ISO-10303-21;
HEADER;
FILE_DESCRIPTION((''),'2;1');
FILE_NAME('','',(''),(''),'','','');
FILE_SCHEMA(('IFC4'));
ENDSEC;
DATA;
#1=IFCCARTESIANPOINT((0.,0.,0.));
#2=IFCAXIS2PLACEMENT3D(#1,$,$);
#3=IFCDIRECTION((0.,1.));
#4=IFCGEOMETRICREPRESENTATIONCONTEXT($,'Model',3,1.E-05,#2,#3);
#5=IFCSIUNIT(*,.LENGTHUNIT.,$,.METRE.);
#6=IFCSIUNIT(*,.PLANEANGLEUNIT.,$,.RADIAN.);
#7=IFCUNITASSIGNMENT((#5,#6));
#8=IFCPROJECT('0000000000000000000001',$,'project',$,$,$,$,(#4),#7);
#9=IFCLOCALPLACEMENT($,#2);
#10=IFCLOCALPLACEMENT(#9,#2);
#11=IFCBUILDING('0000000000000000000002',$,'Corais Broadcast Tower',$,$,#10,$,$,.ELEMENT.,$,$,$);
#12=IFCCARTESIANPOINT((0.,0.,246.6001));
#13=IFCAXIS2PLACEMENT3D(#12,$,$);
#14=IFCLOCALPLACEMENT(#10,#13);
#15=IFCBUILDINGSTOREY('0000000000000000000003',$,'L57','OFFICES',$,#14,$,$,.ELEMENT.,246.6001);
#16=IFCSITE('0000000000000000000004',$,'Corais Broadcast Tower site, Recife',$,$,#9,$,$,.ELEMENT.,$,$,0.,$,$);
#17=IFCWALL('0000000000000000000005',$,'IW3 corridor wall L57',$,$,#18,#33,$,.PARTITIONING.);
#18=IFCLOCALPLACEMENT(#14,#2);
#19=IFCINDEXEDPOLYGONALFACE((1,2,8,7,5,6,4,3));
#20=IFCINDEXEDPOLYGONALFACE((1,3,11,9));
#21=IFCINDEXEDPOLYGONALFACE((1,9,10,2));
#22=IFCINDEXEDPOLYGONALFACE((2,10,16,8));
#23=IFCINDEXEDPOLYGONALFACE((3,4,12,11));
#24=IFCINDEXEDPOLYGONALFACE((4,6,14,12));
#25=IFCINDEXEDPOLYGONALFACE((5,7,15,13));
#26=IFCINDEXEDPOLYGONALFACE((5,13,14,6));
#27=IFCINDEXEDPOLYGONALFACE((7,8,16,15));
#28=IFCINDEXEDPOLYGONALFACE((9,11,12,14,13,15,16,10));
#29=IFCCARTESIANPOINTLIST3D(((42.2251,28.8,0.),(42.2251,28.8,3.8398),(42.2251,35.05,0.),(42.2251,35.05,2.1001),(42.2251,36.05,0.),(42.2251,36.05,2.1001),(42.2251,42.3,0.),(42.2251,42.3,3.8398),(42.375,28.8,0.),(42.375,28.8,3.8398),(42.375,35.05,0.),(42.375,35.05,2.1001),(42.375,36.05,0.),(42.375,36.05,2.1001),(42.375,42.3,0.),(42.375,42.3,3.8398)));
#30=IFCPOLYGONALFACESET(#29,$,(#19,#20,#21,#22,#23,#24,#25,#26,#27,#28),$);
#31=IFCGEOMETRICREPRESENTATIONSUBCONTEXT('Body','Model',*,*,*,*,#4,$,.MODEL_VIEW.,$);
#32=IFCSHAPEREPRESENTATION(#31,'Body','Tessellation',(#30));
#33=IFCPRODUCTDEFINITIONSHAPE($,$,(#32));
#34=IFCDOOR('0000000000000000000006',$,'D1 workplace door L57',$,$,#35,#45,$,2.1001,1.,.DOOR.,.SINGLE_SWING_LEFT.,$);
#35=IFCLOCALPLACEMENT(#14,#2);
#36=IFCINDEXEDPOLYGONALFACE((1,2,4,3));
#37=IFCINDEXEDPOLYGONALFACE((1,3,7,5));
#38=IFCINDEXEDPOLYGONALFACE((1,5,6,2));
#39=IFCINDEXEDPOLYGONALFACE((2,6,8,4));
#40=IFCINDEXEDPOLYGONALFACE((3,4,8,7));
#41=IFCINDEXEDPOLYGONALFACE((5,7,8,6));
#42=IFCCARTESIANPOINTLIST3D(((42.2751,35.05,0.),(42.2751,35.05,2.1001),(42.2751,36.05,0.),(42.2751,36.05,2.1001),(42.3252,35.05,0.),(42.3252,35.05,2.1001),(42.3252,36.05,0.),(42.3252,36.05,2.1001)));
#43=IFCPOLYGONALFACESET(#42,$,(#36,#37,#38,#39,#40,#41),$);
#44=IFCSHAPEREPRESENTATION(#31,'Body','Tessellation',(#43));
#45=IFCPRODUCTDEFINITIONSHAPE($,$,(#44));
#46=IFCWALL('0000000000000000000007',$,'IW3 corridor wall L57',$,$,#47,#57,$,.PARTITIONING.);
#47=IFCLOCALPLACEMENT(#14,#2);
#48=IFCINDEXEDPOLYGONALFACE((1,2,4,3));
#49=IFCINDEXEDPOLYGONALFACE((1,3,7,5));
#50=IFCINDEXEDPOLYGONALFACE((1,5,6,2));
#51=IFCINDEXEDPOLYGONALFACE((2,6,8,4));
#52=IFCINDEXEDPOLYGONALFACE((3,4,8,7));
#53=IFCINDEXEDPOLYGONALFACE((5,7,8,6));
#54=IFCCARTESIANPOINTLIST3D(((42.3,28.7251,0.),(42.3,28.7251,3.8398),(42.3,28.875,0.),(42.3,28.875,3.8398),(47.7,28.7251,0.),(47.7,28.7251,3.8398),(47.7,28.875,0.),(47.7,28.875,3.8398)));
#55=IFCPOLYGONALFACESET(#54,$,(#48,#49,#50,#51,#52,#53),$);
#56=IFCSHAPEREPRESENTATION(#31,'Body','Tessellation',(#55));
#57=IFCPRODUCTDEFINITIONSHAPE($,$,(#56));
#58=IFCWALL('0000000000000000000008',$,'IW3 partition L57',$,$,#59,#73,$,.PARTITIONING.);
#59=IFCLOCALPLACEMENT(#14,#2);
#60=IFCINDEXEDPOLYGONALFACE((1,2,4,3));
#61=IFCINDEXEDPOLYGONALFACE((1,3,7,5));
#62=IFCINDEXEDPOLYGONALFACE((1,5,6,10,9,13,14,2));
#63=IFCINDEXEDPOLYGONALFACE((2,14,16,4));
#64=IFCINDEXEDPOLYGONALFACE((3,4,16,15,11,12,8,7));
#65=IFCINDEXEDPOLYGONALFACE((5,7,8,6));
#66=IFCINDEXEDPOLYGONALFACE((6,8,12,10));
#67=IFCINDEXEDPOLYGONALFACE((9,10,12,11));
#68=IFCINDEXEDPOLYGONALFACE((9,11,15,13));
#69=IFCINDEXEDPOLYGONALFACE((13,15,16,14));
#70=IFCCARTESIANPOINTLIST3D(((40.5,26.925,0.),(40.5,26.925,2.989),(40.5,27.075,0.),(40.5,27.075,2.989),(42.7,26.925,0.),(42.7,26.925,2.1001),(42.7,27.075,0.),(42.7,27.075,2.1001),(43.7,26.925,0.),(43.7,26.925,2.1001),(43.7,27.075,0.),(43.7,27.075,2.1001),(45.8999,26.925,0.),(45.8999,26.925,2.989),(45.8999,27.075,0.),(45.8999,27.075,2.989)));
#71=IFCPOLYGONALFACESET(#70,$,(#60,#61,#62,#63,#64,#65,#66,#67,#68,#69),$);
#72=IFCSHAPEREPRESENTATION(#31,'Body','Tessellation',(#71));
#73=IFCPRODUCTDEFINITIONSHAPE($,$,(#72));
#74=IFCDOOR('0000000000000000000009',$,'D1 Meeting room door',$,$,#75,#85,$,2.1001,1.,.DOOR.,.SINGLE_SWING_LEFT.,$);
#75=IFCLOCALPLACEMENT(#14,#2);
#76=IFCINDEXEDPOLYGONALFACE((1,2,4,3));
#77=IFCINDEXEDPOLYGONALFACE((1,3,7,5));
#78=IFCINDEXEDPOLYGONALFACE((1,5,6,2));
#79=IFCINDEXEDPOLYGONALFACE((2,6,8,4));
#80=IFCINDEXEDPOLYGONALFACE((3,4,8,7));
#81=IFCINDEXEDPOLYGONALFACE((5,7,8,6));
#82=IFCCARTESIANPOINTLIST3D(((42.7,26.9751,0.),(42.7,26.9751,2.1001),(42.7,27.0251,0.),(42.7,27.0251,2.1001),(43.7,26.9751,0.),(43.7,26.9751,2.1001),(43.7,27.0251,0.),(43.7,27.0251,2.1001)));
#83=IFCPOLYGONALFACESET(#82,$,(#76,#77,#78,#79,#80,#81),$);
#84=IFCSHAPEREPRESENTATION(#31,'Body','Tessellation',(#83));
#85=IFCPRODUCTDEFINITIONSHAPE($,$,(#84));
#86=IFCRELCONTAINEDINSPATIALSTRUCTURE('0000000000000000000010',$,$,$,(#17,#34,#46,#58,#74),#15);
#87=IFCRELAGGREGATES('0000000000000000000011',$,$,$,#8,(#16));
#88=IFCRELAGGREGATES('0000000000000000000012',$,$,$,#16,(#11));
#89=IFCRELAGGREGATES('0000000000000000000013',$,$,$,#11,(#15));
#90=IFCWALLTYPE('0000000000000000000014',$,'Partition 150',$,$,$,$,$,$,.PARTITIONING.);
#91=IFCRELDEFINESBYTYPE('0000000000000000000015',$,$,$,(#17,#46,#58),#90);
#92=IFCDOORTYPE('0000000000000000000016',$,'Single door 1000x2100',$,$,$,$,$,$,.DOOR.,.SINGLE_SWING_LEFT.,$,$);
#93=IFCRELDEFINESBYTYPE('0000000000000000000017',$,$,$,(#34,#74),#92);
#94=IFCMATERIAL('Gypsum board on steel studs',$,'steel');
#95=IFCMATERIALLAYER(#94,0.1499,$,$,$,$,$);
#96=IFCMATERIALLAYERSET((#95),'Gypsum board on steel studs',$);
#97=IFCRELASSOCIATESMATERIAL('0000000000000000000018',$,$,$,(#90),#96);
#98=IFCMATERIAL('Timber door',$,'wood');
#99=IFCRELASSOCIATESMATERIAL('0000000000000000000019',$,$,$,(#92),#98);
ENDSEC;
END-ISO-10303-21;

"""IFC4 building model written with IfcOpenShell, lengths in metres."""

from ifc_helpers import new_model, si_unit, direction, frame, frame_2d, origin, place, context, subcontext, project, spatial, rectangle, extrude, material, layer, layer_set, type_object, element, fill, save


model = new_model("IFC4")

# Units and contexts
model_context = context("Model", 3, precision=1e-05, world=origin(), true_north=direction((0.0, 1.0)))
body_context = subcontext(model_context, "Body", "Model", "MODEL_VIEW")
ifc_project = project(units=[si_unit("LENGTHUNIT", "METRE"), si_unit("PLANEANGLEUNIT", "RADIAN")], contexts=[model_context])

# Site, building, storey
site_placement = place(None, origin())
site = spatial("IfcSite", under=ifc_project, at=site_placement, Name="Corais Broadcast Tower site, Recife", CompositionType="ELEMENT", RefElevation=0.0)
building_placement = place(site_placement, origin())
building = spatial("IfcBuilding", under=site, at=building_placement, Name="Corais Broadcast Tower", CompositionType="ELEMENT")
storey_placement = place(building_placement, frame((0.0, 0.0, 246.6001)))
storey = spatial("IfcBuildingStorey", under=building, at=storey_placement, Name="L57", Description="OFFICES", CompositionType="ELEMENT", Elevation=246.6001)

# Wall, opening, door
ifc_material_1 = material(Name="Gypsum board on steel studs", Category="steel")
ifc_layer_1 = layer(ifc_material_1, 0.1499)
ifc_layer_set_1 = layer_set([ifc_layer_1], Name="Gypsum board on steel studs")
wall_type = type_object("IfcWallType", Name="Partition 150", PredefinedType="PARTITIONING", material=ifc_layer_set_1)
wall_1_placement = place(storey_placement, frame((42.3, 28.8, 0.0), z_axis=(0.0, 0.0, 1.0), x_axis=(0.0, 1.0, 0.0)))
wall_1 = element("IfcWall", 1, at=wall_1_placement, inside=storey, type_object=wall_type, Name="IW3 corridor wall L57", PredefinedType="PARTITIONING", context=body_context, shape_type="SweptSolid", body=[
    extrude(rectangle(XDim=13.5, YDim=0.1499, at=frame_2d((6.75, 0.0))), origin(), (0.0, 0.0, 1.0), 3.8398),
])
opening_1_placement = place(wall_1_placement, frame((6.25, 0.0, 0.0)))
opening_1 = element("IfcOpeningElement", 2, at=opening_1_placement, cuts=wall_1, PredefinedType="OPENING", context=body_context, shape_type="SweptSolid", body=[
    extrude(rectangle(XDim=1.0, YDim=2.1001, at=frame_2d((0.5, 1.05))), frame((0.0, 0.085, 0.0), z_axis=(0.0, -1.0, 0.0), x_axis=(1.0, 0.0, 0.0)), (0.0, 0.0, 1.0), 0.1699),
])
ifc_material_2 = material(Name="Timber door", Category="wood")
door_type = type_object("IfcDoorType", Name="Single door 1000x2100", OperationType="SINGLE_SWING_LEFT", PredefinedType="DOOR", material=ifc_material_2)
door_1_placement = place(opening_1_placement, origin())
door_1 = element("IfcDoor", 3, at=door_1_placement, inside=storey, type_object=door_type, Name="D1 workplace door L57", OperationType="SINGLE_SWING_LEFT", OverallHeight=2.1001, OverallWidth=1.0, PredefinedType="DOOR", context=body_context, shape_type="SweptSolid", body=[
    extrude(rectangle(XDim=1.0, YDim=2.1001, at=frame_2d((0.5, 1.05))), frame((0.0, 0.0249, 0.0), z_axis=(0.0, -1.0, 0.0), x_axis=(1.0, 0.0, 0.0)), (0.0, 0.0, 1.0), 0.05),
])
fill(opening_1, door_1)

# Wall
wall_2_placement = place(storey_placement, frame((47.7, 28.8, 0.0), z_axis=(0.0, 0.0, 1.0), x_axis=(-1.0, 0.0, 0.0)))
element("IfcWall", 4, at=wall_2_placement, inside=storey, type_object=wall_type, Name="IW3 corridor wall L57", PredefinedType="PARTITIONING", context=body_context, shape_type="SweptSolid", body=[
    extrude(rectangle(XDim=5.3999, YDim=0.1499, at=frame_2d((2.7, 0.0))), origin(), (0.0, 0.0, 1.0), 3.8398),
])

# Wall, opening, door
wall_3_placement = place(storey_placement, frame((45.8999, 27.0, 0.0), z_axis=(0.0, 0.0, 1.0), x_axis=(-1.0, 0.0, 0.0)))
wall_3 = element("IfcWall", 5, at=wall_3_placement, inside=storey, type_object=wall_type, Name="IW3 partition L57", PredefinedType="PARTITIONING", context=body_context, shape_type="SweptSolid", body=[
    extrude(rectangle(XDim=5.3999, YDim=0.1499, at=frame_2d((2.7, 0.0))), origin(), (0.0, 0.0, 1.0), 2.989),
])
opening_2_placement = place(wall_3_placement, frame((2.2, 0.0, 0.0)))
opening_2 = element("IfcOpeningElement", 6, at=opening_2_placement, cuts=wall_3, PredefinedType="OPENING", context=body_context, shape_type="SweptSolid", body=[
    extrude(rectangle(XDim=1.0, YDim=2.1001, at=frame_2d((0.5, 1.05))), frame((0.0, 0.085, 0.0), z_axis=(0.0, -1.0, 0.0), x_axis=(1.0, 0.0, 0.0)), (0.0, 0.0, 1.0), 0.1699),
])
door_2_placement = place(opening_2_placement, origin())
door_2 = element("IfcDoor", 7, at=door_2_placement, inside=storey, type_object=door_type, Name="D1 Meeting room door", OperationType="SINGLE_SWING_LEFT", OverallHeight=2.1001, OverallWidth=1.0, PredefinedType="DOOR", context=body_context, shape_type="SweptSolid", body=[
    extrude(rectangle(XDim=1.0, YDim=2.1001, at=frame_2d((0.5, 1.05))), frame((0.0, 0.0249, 0.0), z_axis=(0.0, -1.0, 0.0), x_axis=(1.0, 0.0, 0.0)), (0.0, 0.0, 1.0), 0.05),
])
fill(opening_2, door_2)

save(model, "model.ifc")
